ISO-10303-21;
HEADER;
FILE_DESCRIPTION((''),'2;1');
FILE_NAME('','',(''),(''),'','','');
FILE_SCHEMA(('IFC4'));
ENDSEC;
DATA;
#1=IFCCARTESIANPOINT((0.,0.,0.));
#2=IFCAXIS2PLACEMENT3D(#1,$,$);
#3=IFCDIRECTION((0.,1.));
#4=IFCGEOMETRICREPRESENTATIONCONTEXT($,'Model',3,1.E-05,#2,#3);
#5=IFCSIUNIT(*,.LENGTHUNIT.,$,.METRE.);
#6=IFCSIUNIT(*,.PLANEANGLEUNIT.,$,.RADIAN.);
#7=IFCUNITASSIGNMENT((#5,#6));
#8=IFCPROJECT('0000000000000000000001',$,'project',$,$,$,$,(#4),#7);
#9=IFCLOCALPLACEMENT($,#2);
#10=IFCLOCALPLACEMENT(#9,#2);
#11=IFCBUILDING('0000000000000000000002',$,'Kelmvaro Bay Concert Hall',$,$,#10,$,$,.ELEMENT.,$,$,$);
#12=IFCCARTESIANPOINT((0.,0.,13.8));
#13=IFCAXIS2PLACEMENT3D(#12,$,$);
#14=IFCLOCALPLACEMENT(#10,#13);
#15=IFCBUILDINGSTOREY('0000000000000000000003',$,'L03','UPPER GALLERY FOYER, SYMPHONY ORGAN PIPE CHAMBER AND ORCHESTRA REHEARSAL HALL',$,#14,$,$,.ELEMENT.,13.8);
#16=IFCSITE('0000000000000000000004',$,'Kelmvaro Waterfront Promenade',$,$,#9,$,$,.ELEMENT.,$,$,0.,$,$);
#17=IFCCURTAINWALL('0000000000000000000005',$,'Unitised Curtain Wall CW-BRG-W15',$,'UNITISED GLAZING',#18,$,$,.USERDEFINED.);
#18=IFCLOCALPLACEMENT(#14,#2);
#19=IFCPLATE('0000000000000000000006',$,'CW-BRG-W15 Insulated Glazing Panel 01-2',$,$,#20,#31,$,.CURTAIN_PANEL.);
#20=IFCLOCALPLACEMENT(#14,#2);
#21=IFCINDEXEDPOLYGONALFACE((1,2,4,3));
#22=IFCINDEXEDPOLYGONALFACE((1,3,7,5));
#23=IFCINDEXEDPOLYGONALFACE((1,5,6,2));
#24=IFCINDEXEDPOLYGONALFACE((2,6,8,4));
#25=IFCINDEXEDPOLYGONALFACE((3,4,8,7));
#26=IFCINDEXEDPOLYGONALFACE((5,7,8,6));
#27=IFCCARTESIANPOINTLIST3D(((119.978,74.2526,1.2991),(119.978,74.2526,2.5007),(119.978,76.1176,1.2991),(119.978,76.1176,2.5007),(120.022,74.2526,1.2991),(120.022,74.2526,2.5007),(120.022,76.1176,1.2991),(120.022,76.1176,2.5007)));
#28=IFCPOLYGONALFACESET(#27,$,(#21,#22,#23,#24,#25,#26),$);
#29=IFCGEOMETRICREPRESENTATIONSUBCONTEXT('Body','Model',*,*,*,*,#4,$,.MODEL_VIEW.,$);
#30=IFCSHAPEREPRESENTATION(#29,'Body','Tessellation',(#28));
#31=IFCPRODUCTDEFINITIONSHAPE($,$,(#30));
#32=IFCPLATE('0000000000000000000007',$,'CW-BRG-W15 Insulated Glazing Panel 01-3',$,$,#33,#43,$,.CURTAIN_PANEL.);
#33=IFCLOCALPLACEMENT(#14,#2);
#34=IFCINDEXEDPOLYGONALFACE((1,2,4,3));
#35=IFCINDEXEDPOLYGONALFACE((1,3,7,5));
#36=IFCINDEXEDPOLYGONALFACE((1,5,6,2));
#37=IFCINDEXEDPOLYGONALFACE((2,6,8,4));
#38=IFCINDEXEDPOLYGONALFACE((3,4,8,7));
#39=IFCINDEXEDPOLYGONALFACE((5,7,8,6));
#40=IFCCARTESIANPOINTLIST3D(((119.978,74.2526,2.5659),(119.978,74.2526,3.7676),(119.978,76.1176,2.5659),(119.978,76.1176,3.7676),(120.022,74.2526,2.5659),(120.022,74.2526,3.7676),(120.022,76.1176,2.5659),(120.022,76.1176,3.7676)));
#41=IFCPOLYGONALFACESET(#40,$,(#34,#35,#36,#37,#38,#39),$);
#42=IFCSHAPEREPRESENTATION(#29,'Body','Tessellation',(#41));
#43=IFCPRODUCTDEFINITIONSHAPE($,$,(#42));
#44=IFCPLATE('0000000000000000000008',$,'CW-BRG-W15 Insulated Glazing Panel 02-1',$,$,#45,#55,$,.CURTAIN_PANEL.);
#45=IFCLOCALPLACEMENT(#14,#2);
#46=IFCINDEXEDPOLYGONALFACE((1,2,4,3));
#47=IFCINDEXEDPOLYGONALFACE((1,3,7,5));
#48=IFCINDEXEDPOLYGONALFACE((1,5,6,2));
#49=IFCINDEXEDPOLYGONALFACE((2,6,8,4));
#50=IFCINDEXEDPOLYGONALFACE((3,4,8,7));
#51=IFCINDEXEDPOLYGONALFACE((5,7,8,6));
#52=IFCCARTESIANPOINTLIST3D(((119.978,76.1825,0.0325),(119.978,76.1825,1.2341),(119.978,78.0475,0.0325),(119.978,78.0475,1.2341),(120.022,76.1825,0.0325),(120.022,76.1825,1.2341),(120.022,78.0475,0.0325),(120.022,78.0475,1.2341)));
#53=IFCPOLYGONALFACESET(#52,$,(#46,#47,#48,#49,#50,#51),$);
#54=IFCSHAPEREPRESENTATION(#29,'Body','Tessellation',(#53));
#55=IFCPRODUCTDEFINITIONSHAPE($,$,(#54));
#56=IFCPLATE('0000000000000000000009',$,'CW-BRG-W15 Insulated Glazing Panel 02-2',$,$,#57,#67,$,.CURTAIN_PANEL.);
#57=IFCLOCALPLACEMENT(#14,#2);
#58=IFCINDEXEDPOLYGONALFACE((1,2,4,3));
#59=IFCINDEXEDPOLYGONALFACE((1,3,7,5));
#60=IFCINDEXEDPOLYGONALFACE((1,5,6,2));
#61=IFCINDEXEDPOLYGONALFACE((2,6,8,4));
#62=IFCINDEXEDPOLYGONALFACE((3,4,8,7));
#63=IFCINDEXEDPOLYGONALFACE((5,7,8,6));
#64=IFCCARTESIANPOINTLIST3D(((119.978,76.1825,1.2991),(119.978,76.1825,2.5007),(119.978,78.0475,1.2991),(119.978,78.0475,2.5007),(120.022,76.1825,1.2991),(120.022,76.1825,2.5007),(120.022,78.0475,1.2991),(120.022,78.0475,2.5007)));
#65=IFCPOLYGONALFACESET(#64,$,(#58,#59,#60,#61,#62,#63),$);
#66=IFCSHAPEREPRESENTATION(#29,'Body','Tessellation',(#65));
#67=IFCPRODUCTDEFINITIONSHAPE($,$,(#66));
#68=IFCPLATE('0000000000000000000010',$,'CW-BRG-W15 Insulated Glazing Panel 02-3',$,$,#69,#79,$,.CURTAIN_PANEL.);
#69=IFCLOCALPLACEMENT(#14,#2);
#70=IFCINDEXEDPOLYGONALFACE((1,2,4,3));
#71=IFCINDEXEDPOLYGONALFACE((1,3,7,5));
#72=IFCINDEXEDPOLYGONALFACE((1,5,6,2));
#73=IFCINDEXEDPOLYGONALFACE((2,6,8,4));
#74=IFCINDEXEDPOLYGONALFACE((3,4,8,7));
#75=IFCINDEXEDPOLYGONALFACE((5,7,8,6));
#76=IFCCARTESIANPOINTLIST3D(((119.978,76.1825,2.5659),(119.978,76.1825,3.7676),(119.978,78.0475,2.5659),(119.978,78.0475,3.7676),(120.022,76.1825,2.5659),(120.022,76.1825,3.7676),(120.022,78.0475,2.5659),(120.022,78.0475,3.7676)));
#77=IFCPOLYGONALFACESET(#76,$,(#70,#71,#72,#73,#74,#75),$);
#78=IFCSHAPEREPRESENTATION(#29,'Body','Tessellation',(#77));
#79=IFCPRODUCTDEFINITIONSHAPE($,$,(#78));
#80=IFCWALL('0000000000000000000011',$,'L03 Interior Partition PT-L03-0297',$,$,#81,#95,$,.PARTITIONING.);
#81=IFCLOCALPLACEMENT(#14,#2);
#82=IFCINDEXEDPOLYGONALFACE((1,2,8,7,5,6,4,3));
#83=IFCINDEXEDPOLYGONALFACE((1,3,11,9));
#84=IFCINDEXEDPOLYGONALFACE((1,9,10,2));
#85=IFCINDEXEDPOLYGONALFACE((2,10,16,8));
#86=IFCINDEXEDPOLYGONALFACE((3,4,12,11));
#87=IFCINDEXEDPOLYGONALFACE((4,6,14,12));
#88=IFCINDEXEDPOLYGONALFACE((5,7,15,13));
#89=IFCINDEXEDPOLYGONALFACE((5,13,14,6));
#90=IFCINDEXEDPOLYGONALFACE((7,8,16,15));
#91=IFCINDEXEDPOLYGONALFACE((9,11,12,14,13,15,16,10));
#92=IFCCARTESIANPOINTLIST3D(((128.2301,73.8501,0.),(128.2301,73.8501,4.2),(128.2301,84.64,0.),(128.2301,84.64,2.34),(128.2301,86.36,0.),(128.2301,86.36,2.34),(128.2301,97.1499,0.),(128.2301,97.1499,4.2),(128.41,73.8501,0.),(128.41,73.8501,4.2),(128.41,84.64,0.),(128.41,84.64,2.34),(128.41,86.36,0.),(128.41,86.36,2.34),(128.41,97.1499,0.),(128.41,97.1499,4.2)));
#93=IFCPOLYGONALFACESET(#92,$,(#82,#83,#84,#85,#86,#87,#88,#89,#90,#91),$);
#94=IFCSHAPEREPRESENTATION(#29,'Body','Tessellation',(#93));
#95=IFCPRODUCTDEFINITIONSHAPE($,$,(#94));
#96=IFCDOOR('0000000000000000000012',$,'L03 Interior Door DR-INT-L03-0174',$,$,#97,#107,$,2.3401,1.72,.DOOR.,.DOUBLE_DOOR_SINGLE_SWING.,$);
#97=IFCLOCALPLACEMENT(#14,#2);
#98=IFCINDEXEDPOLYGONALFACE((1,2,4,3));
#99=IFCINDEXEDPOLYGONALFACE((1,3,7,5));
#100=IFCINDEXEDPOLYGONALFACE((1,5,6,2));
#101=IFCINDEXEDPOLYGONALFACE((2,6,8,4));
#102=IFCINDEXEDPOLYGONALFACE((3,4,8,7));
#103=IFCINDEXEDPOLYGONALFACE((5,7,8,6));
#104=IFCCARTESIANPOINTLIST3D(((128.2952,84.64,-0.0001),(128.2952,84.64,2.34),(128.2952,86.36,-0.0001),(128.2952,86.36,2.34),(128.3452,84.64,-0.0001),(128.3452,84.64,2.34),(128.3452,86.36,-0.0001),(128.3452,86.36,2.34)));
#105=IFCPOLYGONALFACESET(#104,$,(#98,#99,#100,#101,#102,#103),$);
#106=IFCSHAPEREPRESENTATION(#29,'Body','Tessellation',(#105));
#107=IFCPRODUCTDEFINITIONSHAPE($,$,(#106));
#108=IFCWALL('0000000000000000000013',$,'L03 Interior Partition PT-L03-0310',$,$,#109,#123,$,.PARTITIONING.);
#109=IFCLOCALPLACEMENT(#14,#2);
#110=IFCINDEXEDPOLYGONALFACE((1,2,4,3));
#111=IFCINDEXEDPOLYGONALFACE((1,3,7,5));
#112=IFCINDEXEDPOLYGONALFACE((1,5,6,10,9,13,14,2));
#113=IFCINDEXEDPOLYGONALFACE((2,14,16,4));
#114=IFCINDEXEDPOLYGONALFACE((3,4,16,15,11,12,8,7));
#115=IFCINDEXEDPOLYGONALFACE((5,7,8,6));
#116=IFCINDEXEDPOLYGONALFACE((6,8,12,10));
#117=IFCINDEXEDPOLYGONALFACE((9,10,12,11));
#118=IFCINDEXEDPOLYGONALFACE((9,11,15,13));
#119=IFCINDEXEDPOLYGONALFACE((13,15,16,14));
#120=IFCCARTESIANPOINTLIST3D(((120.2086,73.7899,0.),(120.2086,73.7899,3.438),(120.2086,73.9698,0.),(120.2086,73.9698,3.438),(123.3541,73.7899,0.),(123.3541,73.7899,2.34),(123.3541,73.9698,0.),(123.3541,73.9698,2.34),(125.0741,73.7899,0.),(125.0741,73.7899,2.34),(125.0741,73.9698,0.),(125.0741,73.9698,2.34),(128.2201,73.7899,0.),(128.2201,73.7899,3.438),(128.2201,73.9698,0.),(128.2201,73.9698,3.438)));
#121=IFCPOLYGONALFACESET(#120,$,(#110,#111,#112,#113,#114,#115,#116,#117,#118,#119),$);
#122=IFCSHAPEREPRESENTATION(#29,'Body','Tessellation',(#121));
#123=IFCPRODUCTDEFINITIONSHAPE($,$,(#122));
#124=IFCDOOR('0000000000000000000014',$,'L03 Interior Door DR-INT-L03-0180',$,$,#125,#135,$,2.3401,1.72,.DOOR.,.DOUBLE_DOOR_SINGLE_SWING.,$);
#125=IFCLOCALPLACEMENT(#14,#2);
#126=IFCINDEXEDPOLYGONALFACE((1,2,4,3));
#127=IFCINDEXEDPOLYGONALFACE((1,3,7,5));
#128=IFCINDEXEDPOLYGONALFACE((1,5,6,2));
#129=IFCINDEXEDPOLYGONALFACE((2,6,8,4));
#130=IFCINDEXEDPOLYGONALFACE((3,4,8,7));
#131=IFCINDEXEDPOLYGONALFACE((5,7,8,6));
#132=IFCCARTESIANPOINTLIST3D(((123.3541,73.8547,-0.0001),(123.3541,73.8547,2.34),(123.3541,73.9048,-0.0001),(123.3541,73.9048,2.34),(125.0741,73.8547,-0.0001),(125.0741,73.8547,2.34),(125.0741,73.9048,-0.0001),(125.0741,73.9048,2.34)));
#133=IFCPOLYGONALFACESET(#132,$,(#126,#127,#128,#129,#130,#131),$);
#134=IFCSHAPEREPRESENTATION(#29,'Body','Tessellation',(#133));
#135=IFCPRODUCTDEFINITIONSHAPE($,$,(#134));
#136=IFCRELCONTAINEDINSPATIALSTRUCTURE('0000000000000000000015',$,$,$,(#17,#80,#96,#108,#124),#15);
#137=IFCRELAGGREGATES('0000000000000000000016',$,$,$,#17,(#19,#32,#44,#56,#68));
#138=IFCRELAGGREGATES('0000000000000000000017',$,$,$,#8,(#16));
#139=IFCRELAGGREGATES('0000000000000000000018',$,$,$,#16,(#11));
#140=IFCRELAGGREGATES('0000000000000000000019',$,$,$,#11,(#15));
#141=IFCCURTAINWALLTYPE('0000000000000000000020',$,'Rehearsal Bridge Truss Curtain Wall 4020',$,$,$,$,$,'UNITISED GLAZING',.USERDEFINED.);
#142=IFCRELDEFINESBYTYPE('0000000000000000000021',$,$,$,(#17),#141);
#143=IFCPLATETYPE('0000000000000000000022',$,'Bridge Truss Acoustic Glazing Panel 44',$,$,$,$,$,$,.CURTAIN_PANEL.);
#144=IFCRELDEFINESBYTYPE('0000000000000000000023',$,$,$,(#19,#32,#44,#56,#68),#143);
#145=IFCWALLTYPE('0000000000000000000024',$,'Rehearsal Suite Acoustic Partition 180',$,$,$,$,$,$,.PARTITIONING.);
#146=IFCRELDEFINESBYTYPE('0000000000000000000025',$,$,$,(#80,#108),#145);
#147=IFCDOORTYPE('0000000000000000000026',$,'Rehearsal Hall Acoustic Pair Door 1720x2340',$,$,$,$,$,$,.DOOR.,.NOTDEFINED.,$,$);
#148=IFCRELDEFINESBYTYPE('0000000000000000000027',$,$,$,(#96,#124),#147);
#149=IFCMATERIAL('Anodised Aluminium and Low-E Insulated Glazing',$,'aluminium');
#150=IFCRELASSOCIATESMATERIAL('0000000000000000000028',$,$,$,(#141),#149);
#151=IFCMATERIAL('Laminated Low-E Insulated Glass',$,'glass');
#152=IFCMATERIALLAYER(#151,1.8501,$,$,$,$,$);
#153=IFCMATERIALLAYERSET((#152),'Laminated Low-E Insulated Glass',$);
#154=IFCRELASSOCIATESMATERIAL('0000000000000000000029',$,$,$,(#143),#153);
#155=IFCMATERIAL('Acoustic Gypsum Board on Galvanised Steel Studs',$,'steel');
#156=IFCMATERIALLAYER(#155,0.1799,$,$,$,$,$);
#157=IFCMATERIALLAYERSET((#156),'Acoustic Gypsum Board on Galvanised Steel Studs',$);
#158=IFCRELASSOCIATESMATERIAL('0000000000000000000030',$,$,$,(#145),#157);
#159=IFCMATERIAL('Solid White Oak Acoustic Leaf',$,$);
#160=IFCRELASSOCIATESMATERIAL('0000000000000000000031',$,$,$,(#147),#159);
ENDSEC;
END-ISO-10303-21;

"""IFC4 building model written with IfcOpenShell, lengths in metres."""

from ifc_helpers import new_model, si_unit, direction, frame, frame_2d, origin, origin_2d, place, context, subcontext, project, spatial, rectangle, extrude, material, layer, layer_set, type_object, element, fill, aggregate, save


model = new_model("IFC4")

# Units and contexts
model_context = context("Model", 3, precision=1e-05, world=origin(), true_north=direction((0.0, 1.0)))
body_context = subcontext(model_context, "Body", "Model", "MODEL_VIEW")
ifc_project = project(units=[si_unit("LENGTHUNIT", "METRE"), si_unit("PLANEANGLEUNIT", "RADIAN")], contexts=[model_context])

# Site, building, storey
site_placement = place(None, origin())
site = spatial("IfcSite", under=ifc_project, at=site_placement, Name="Kelmvaro Waterfront Promenade", CompositionType="ELEMENT", RefElevation=0.0)
building_placement = place(site_placement, origin())
building = spatial("IfcBuilding", under=site, at=building_placement, Name="Kelmvaro Bay Concert Hall", CompositionType="ELEMENT")
storey_placement = place(building_placement, frame((0.0, 0.0, 13.8)))
storey = spatial("IfcBuildingStorey", under=building, at=storey_placement, Name="L03", Description="UPPER GALLERY FOYER, SYMPHONY ORGAN PIPE CHAMBER AND ORCHESTRA REHEARSAL HALL", CompositionType="ELEMENT", Elevation=13.8)

# Curtain wall
ifc_material_1 = material(Name="Anodised Aluminium and Low-E Insulated Glazing", Category="aluminium")
curtain_wall_type = type_object("IfcCurtainWallType", Name="Rehearsal Bridge Truss Curtain Wall 4020", ElementType="UNITISED GLAZING", PredefinedType="USERDEFINED", material=ifc_material_1)
curtain_wall_1_placement = place(storey_placement, origin())
curtain_wall_1 = element("IfcCurtainWall", 1, at=curtain_wall_1_placement, inside=storey, type_object=curtain_wall_type, Name="Unitised Curtain Wall CW-BRG-W15", ObjectType="UNITISED GLAZING", PredefinedType="USERDEFINED")

# Plates
ifc_material_2 = material(Name="Laminated Low-E Insulated Glass", Category="glass")
ifc_layer_1 = layer(ifc_material_2, 1.8501)
ifc_layer_set_1 = layer_set([ifc_layer_1], Name="Laminated Low-E Insulated Glass")
plate_type = type_object("IfcPlateType", Name="Bridge Truss Acoustic Glazing Panel 44", PredefinedType="CURTAIN_PANEL", material=ifc_layer_set_1)
plate_1_placement = place(storey_placement, frame((120.0, 75.1851, 1.2991), z_axis=(0.0, 0.0, 1.0), x_axis=(0.0, 1.0, 0.0)))
plate_1 = element("IfcPlate", 2, at=plate_1_placement, type_object=plate_type, Name="CW-BRG-W15 Insulated Glazing Panel 01-2", PredefinedType="CURTAIN_PANEL", context=body_context, shape_type="SweptSolid", body=[
    extrude(rectangle(XDim=1.865, YDim=0.0439, at=origin_2d()), origin(), (0.0, 0.0, 1.0), 1.2017),
])
plate_2_placement = place(storey_placement, frame((120.0, 75.1851, 2.5659), z_axis=(0.0, 0.0, 1.0), x_axis=(0.0, 1.0, 0.0)))
plate_2 = element("IfcPlate", 3, at=plate_2_placement, type_object=plate_type, Name="CW-BRG-W15 Insulated Glazing Panel 01-3", PredefinedType="CURTAIN_PANEL", context=body_context, shape_type="SweptSolid", body=[
    extrude(rectangle(XDim=1.865, YDim=0.0439, at=origin_2d()), origin(), (0.0, 0.0, 1.0), 1.2017),
])
plate_3_placement = place(storey_placement, frame((120.0, 77.115, 0.0325), z_axis=(0.0, 0.0, 1.0), x_axis=(0.0, 1.0, 0.0)))
plate_3 = element("IfcPlate", 4, at=plate_3_placement, type_object=plate_type, Name="CW-BRG-W15 Insulated Glazing Panel 02-1", PredefinedType="CURTAIN_PANEL", context=body_context, shape_type="SweptSolid", body=[
    extrude(rectangle(XDim=1.865, YDim=0.0439, at=origin_2d()), origin(), (0.0, 0.0, 1.0), 1.2017),
])
plate_4_placement = place(storey_placement, frame((120.0, 77.115, 1.2991), z_axis=(0.0, 0.0, 1.0), x_axis=(0.0, 1.0, 0.0)))
plate_4 = element("IfcPlate", 5, at=plate_4_placement, type_object=plate_type, Name="CW-BRG-W15 Insulated Glazing Panel 02-2", PredefinedType="CURTAIN_PANEL", context=body_context, shape_type="SweptSolid", body=[
    extrude(rectangle(XDim=1.865, YDim=0.0439, at=origin_2d()), origin(), (0.0, 0.0, 1.0), 1.2017),
])
plate_5_placement = place(storey_placement, frame((120.0, 77.115, 2.5659), z_axis=(0.0, 0.0, 1.0), x_axis=(0.0, 1.0, 0.0)))
plate_5 = element("IfcPlate", 6, at=plate_5_placement, type_object=plate_type, Name="CW-BRG-W15 Insulated Glazing Panel 02-3", PredefinedType="CURTAIN_PANEL", context=body_context, shape_type="SweptSolid", body=[
    extrude(rectangle(XDim=1.865, YDim=0.0439, at=origin_2d()), origin(), (0.0, 0.0, 1.0), 1.2017),
])
aggregate(curtain_wall_1, [plate_1, plate_2, plate_3, plate_4, plate_5])

# Walls, openings, doors
ifc_material_3 = material(Name="Acoustic Gypsum Board on Galvanised Steel Studs", Category="steel")
ifc_layer_2 = layer(ifc_material_3, 0.1799)
ifc_layer_set_2 = layer_set([ifc_layer_2], Name="Acoustic Gypsum Board on Galvanised Steel Studs")
wall_type = type_object("IfcWallType", Name="Rehearsal Suite Acoustic Partition 180", PredefinedType="PARTITIONING", material=ifc_layer_set_2)
wall_1_placement = place(storey_placement, frame((128.3201, 73.8501, 0.0), z_axis=(0.0, 0.0, 1.0), x_axis=(0.0, 1.0, 0.0)))
wall_1 = element("IfcWall", 7, at=wall_1_placement, inside=storey, type_object=wall_type, Name="L03 Interior Partition PT-L03-0297", PredefinedType="PARTITIONING", context=body_context, shape_type="SweptSolid", body=[
    extrude(rectangle(XDim=23.2998, YDim=0.1799, at=frame_2d((11.6499, 0.0))), origin(), (0.0, 0.0, 1.0), 4.2),
])
opening_1_placement = place(wall_1_placement, frame((10.79, 0.0, 0.0)))
opening_1 = element("IfcOpeningElement", 8, at=opening_1_placement, cuts=wall_1, PredefinedType="OPENING", context=body_context, shape_type="SweptSolid", body=[
    extrude(rectangle(XDim=1.72, YDim=2.3401, at=frame_2d((0.8599, 1.1699))), frame((0.0, 0.0999, 0.0), z_axis=(0.0, -1.0, 0.0), x_axis=(1.0, 0.0, 0.0)), (0.0, 0.0, 1.0), 0.2),
])
ifc_material_4 = material(Name="Solid White Oak Acoustic Leaf")
door_type = type_object("IfcDoorType", Name="Rehearsal Hall Acoustic Pair Door 1720x2340", OperationType="NOTDEFINED", PredefinedType="DOOR", material=ifc_material_4)
door_1_placement = place(opening_1_placement, origin())
door_1 = element("IfcDoor", 9, at=door_1_placement, inside=storey, type_object=door_type, Name="L03 Interior Door DR-INT-L03-0174", OperationType="DOUBLE_DOOR_SINGLE_SWING", OverallHeight=2.3401, OverallWidth=1.72, PredefinedType="DOOR", context=body_context, shape_type="SweptSolid", body=[
    extrude(rectangle(XDim=1.72, YDim=2.3401, at=frame_2d((0.8599, 1.1699))), frame((0.0, 0.0249, 0.0), z_axis=(0.0, -1.0, 0.0), x_axis=(1.0, 0.0, 0.0)), (0.0, 0.0, 1.0), 0.05),
])
fill(opening_1, door_1)
wall_2_placement = place(storey_placement, frame((120.2085, 73.8799, 0.0), z_axis=(0.0, 0.0, 1.0), x_axis=(1.0, 0.0, 0.0)))
wall_2 = element("IfcWall", 10, at=wall_2_placement, inside=storey, type_object=wall_type, Name="L03 Interior Partition PT-L03-0310", PredefinedType="PARTITIONING", context=body_context, shape_type="SweptSolid", body=[
    extrude(rectangle(XDim=8.0115, YDim=0.1799, at=frame_2d((4.0059, 0.0))), origin(), (0.0, 0.0, 1.0), 3.438),
])
opening_2_placement = place(wall_2_placement, frame((3.1458, 0.0, 0.0)))
opening_2 = element("IfcOpeningElement", 11, at=opening_2_placement, cuts=wall_2, PredefinedType="OPENING", context=body_context, shape_type="SweptSolid", body=[
    extrude(rectangle(XDim=1.72, YDim=2.3401, at=frame_2d((0.8599, 1.1699))), frame((0.0, 0.0999, 0.0), z_axis=(0.0, -1.0, 0.0), x_axis=(1.0, 0.0, 0.0)), (0.0, 0.0, 1.0), 0.2),
])
door_2_placement = place(opening_2_placement, origin())
door_2 = element("IfcDoor", 12, at=door_2_placement, inside=storey, type_object=door_type, Name="L03 Interior Door DR-INT-L03-0180", OperationType="DOUBLE_DOOR_SINGLE_SWING", OverallHeight=2.3401, OverallWidth=1.72, PredefinedType="DOOR", context=body_context, shape_type="SweptSolid", body=[
    extrude(rectangle(XDim=1.72, YDim=2.3401, at=frame_2d((0.8599, 1.1699))), frame((0.0, 0.0249, 0.0), z_axis=(0.0, -1.0, 0.0), x_axis=(1.0, 0.0, 0.0)), (0.0, 0.0, 1.0), 0.05),
])
fill(opening_2, door_2)

save(model, "model.ifc")
